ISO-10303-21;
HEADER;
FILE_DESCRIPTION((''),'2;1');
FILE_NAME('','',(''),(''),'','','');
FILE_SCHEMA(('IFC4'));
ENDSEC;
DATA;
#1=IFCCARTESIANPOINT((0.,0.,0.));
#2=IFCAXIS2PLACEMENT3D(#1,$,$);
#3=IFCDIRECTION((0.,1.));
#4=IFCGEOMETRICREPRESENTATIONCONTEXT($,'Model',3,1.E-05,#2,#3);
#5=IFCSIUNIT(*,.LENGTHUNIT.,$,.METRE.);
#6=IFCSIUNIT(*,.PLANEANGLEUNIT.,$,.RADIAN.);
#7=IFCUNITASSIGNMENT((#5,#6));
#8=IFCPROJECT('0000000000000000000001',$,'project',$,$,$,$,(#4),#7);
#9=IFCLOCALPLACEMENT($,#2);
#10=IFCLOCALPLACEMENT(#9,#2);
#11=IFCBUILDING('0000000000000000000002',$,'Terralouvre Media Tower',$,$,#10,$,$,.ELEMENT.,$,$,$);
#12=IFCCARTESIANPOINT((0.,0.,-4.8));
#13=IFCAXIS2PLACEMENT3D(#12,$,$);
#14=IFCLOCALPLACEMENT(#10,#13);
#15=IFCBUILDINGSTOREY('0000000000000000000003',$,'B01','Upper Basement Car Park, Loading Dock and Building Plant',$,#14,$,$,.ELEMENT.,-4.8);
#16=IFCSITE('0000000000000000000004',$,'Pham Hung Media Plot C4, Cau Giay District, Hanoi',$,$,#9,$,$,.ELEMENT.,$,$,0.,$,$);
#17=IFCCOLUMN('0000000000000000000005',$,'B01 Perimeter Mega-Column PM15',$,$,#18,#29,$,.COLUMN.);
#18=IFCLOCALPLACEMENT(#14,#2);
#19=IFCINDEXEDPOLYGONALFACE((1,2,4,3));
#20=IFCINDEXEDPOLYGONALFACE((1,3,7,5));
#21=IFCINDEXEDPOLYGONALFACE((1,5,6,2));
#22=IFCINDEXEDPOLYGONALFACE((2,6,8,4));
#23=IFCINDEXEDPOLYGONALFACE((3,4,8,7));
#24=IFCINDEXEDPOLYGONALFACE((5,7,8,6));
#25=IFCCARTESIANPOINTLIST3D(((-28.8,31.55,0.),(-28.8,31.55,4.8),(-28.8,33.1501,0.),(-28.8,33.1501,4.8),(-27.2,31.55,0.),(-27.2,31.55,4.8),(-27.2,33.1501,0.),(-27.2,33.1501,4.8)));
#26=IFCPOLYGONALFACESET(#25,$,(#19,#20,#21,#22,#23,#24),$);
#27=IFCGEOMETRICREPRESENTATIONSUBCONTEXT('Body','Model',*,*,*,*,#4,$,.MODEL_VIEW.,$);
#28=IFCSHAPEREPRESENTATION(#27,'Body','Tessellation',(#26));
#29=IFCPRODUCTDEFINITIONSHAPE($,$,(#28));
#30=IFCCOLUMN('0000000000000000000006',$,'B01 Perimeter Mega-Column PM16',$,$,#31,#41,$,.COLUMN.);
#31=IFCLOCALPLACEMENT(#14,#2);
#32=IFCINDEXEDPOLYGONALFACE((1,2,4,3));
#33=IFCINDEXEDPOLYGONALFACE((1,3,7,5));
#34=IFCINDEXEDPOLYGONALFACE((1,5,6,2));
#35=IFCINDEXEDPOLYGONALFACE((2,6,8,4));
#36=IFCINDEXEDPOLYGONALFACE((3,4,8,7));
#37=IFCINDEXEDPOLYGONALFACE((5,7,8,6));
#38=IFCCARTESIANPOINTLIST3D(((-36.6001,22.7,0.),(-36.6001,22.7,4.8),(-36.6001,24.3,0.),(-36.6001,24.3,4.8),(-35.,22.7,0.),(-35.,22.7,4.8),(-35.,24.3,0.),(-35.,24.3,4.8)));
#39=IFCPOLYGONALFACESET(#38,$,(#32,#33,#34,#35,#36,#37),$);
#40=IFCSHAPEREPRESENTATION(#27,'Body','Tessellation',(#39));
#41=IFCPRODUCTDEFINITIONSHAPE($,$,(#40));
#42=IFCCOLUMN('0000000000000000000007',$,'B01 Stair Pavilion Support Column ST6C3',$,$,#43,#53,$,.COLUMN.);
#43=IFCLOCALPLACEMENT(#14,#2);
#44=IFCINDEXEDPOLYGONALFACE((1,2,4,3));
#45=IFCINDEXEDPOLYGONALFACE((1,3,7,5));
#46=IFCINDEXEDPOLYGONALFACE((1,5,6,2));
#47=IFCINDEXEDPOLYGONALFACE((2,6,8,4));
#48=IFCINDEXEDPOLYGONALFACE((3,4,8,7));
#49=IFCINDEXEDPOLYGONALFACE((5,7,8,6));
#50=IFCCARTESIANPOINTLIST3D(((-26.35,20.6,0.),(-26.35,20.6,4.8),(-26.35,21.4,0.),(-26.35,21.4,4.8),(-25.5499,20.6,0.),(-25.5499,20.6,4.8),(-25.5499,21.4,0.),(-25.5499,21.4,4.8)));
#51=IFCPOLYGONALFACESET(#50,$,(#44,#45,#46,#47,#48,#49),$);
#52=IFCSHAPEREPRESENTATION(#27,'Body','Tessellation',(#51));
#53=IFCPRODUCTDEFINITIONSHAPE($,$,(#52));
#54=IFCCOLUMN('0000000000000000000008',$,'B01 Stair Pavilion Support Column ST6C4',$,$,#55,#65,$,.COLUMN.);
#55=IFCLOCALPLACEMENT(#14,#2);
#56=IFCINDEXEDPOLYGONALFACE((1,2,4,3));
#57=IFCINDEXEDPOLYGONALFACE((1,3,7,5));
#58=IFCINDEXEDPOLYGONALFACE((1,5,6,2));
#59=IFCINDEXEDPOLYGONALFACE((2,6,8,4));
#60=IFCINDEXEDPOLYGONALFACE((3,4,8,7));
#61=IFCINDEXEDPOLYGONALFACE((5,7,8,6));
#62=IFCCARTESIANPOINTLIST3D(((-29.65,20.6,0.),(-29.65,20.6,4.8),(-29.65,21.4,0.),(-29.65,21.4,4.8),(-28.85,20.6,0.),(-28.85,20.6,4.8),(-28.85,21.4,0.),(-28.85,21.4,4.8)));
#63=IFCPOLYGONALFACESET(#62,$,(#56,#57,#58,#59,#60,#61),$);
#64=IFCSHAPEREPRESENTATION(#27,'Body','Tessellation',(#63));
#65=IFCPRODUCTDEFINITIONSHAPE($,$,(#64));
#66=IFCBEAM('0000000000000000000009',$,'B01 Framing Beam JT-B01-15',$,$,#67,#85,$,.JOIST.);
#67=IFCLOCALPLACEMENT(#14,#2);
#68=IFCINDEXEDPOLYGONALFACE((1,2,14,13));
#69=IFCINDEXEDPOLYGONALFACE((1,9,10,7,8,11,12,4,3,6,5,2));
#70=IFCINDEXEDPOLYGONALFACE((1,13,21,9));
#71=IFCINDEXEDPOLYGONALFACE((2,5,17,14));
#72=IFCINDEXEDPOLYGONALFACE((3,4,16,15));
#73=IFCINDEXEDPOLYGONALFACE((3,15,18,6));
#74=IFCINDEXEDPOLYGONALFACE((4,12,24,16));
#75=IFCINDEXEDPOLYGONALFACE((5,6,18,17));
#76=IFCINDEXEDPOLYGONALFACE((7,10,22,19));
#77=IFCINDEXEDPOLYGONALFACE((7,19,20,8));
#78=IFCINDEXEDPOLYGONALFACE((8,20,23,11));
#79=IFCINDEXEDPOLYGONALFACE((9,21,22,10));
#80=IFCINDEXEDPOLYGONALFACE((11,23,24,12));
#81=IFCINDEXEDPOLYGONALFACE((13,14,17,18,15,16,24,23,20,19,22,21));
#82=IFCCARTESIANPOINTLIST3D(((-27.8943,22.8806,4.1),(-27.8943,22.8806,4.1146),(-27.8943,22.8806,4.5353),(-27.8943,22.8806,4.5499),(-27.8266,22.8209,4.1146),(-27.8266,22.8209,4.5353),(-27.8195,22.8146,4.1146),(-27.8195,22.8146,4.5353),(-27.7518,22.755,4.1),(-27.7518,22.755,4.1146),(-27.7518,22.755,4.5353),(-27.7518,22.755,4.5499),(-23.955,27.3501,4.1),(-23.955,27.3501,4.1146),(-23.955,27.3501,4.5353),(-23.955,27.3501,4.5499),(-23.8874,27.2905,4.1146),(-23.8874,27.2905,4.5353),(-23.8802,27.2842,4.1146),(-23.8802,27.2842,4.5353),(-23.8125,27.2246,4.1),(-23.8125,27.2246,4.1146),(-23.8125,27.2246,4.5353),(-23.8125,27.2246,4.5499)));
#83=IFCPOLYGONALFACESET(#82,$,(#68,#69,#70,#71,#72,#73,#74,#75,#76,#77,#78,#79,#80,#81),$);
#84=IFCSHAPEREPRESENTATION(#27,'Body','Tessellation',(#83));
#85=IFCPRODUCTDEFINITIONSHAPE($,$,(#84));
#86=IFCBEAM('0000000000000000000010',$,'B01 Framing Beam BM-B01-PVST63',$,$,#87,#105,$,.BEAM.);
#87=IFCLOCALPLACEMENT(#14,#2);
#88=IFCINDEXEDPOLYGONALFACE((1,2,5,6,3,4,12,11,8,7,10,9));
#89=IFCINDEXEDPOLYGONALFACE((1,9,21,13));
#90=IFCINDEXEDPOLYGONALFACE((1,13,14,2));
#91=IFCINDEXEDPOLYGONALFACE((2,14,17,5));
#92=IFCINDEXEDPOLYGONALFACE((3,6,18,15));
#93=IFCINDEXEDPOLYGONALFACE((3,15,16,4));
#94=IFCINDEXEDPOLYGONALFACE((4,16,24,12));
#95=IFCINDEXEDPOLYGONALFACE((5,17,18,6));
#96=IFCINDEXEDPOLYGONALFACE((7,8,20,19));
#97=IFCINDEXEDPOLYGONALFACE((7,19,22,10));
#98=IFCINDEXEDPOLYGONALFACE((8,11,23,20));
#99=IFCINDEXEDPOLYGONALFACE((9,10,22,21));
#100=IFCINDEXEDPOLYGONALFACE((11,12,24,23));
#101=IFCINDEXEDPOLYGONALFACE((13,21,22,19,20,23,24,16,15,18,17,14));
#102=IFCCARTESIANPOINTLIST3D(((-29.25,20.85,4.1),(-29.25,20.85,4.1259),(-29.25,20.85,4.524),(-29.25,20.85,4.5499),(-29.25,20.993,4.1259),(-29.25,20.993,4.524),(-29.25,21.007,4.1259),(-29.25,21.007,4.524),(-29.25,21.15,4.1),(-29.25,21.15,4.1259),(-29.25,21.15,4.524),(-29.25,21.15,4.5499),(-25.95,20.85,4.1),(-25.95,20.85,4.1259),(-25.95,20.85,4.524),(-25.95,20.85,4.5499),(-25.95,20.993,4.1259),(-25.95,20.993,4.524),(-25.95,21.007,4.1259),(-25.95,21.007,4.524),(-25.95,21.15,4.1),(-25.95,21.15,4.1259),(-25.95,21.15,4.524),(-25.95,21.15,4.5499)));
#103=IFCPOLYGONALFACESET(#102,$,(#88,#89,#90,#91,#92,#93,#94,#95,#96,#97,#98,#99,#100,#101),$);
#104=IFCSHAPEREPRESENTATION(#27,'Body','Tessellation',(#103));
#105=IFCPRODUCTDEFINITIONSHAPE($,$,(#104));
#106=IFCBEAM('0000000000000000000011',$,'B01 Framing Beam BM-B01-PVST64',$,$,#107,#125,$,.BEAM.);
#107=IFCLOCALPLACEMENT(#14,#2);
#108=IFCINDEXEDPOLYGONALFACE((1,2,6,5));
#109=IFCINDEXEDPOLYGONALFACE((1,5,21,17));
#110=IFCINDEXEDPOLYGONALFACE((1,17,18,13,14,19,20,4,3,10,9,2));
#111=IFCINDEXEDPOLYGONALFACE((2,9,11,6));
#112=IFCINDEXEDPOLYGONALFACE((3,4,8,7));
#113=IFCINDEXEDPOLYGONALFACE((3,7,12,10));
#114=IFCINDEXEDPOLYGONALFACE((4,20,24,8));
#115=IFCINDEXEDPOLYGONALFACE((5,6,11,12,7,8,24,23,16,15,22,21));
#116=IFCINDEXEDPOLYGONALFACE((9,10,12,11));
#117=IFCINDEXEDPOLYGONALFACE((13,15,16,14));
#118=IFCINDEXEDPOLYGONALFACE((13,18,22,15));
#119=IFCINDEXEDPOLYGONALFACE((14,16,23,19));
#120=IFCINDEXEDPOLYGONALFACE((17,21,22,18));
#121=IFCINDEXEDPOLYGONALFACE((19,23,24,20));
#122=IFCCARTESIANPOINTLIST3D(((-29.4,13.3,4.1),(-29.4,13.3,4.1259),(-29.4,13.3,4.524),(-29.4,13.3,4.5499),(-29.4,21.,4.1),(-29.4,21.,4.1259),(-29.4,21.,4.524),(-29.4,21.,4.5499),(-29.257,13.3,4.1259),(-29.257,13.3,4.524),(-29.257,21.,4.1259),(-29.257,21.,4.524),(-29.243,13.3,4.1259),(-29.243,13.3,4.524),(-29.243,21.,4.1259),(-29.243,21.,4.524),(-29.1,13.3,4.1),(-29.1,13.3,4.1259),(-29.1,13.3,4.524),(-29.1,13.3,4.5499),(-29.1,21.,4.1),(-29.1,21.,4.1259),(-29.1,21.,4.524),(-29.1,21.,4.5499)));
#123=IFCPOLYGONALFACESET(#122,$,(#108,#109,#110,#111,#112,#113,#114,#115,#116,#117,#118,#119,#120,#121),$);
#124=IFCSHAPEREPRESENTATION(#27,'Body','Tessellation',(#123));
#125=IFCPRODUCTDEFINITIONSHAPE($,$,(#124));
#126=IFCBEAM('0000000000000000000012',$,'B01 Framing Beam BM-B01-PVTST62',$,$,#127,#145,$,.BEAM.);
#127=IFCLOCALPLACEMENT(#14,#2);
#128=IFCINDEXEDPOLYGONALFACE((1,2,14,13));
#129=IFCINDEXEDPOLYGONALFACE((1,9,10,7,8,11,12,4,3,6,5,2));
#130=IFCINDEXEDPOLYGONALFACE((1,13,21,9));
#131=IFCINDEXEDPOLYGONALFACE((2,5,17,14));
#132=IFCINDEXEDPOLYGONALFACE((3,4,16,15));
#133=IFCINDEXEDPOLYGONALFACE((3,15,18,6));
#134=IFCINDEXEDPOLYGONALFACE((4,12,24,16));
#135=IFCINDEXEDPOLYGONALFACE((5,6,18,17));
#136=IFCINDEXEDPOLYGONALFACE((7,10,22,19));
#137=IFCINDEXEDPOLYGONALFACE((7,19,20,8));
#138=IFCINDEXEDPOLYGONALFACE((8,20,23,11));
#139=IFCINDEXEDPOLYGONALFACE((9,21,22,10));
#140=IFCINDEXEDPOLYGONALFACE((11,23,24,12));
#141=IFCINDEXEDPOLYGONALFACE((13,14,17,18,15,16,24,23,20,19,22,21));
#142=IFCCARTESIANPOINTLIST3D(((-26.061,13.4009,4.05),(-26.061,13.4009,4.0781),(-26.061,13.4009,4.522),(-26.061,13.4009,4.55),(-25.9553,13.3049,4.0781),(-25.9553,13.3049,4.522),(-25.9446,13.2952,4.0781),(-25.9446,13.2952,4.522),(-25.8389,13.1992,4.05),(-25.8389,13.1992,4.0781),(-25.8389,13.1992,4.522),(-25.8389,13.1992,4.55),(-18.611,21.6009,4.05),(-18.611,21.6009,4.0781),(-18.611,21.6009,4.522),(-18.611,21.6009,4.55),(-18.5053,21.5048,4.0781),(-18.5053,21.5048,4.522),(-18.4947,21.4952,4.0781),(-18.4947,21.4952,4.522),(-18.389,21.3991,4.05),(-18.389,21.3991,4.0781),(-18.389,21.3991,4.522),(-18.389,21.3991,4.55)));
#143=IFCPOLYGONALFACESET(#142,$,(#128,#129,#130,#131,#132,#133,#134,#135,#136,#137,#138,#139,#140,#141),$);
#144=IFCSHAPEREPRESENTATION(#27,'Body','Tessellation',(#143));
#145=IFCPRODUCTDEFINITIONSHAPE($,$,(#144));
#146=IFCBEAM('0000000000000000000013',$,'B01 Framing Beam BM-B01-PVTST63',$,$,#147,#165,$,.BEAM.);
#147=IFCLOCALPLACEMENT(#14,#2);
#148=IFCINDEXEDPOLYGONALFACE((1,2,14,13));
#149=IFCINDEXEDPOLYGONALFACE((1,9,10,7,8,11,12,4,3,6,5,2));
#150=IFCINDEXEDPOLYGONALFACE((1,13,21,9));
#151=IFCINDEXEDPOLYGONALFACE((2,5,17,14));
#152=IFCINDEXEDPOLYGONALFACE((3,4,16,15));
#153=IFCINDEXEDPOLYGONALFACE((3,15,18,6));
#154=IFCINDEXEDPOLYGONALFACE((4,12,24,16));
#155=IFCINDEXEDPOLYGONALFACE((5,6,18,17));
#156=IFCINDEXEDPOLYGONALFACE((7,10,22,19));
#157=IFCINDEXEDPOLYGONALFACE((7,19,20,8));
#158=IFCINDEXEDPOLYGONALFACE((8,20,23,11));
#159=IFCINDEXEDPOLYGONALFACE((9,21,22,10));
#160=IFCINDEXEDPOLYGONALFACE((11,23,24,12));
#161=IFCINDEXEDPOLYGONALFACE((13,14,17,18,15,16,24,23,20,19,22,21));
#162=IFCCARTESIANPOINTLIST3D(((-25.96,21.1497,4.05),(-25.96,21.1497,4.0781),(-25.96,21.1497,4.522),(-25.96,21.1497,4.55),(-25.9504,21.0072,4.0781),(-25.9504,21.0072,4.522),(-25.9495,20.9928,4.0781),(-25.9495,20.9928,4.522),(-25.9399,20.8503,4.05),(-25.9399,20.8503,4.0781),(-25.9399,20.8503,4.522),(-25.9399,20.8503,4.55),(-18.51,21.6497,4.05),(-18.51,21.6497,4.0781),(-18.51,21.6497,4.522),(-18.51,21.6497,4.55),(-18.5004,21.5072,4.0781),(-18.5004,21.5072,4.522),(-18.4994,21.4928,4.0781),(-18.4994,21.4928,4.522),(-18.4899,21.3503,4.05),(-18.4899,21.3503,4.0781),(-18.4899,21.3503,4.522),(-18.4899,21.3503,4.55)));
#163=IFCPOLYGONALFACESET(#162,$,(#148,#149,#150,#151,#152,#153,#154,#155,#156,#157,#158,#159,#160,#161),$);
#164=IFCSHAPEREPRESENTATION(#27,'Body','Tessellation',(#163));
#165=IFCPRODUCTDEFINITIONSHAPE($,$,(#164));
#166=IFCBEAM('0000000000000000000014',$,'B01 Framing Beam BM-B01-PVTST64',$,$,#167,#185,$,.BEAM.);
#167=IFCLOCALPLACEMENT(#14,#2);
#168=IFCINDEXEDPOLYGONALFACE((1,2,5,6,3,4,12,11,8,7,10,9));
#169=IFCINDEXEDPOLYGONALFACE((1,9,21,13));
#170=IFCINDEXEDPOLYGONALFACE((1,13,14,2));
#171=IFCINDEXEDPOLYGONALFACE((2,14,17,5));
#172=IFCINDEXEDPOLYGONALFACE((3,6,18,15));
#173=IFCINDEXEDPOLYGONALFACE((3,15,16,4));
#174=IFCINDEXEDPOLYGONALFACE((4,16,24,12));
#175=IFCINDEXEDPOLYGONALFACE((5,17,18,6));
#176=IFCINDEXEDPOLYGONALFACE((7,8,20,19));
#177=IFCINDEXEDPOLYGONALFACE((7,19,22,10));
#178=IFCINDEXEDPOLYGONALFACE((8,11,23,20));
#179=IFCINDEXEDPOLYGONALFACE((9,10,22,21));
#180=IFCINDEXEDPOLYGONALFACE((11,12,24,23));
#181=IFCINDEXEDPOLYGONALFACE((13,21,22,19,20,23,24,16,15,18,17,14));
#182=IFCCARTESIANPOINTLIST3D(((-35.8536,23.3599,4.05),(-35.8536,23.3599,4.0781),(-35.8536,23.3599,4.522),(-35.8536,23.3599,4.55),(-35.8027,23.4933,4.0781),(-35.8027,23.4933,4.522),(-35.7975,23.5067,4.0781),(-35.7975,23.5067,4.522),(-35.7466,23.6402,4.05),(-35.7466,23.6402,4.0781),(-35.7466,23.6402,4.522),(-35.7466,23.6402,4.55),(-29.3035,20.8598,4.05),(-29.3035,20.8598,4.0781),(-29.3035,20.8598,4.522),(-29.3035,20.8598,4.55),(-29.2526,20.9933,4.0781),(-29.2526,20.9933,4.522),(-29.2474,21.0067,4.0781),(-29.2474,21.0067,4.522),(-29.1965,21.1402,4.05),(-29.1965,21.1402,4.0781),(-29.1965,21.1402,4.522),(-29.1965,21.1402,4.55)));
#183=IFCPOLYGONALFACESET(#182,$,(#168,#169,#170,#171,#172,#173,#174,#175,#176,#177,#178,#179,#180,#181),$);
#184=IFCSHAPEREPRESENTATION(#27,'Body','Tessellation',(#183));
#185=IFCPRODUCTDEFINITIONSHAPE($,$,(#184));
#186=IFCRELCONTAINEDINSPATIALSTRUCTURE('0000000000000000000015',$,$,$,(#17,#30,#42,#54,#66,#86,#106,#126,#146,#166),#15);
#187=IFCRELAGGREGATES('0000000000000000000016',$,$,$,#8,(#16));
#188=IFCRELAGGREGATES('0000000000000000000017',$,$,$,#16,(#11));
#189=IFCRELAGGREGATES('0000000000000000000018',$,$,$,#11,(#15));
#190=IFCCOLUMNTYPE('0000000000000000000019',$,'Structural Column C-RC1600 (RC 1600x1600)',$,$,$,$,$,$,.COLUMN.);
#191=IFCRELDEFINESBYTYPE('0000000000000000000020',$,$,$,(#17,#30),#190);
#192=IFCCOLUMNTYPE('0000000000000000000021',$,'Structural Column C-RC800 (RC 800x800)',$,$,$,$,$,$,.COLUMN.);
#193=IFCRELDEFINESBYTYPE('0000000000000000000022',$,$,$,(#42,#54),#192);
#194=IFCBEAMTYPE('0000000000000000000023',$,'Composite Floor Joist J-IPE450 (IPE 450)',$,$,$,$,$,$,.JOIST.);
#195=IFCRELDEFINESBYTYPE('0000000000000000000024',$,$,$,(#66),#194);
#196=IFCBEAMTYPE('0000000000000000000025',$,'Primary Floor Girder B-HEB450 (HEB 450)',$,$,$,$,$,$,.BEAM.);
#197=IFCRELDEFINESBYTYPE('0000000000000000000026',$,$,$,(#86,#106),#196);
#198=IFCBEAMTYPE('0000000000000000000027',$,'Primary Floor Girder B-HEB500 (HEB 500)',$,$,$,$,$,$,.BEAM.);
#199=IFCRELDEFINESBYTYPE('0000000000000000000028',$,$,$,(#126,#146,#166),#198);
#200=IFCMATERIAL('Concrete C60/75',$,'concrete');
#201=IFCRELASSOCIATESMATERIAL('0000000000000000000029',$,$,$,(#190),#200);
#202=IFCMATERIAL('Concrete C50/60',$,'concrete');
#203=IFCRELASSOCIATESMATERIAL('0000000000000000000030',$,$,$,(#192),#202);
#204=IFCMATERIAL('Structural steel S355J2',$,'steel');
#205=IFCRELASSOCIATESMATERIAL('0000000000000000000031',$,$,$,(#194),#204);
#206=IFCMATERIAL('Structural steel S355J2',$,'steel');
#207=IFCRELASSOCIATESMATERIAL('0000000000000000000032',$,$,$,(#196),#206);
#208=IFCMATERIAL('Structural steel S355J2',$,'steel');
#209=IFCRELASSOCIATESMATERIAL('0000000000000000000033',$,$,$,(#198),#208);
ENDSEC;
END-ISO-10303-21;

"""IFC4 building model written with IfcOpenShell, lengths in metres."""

from ifc_helpers import new_model, si_unit, direction, frame, origin, origin_2d, place, context, subcontext, project, spatial, rectangle, i_section, extrude, material, material_profile, profile_set, type_object, element, save


model = new_model("IFC4")

# Units and contexts
model_context = context("Model", 3, precision=1e-05, world=origin(), true_north=direction((0.0, 1.0)))
body_context = subcontext(model_context, "Body", "Model", "MODEL_VIEW")
ifc_project = project(units=[si_unit("LENGTHUNIT", "METRE"), si_unit("PLANEANGLEUNIT", "RADIAN")], contexts=[model_context])

# Site, building, storey
site_placement = place(None, origin())
site = spatial("IfcSite", under=ifc_project, at=site_placement, Name="Pham Hung Media Plot C4, Cau Giay District, Hanoi", CompositionType="ELEMENT", RefElevation=0.0)
building_placement = place(site_placement, origin())
building = spatial("IfcBuilding", under=site, at=building_placement, Name="Terralouvre Media Tower", CompositionType="ELEMENT")
storey_placement = place(building_placement, frame((0.0, 0.0, -4.8)))
storey = spatial("IfcBuildingStorey", under=building, at=storey_placement, Name="B01", Description="Upper Basement Car Park, Loading Dock and Building Plant", CompositionType="ELEMENT", Elevation=-4.8)

# Columns
ifc_material_1 = material(Name="Concrete C60/75", Category="concrete")
ifc_material_profile_1 = material_profile(ifc_material_1, rectangle(XDim=1.6001, YDim=1.6001, at=origin_2d()), Name="RC 1600x1600")
ifc_profile_set_1 = profile_set([ifc_material_profile_1], Name="Concrete C60/75")
column_type_1 = type_object("IfcColumnType", Name="Structural Column C-RC1600 (RC 1600x1600)", PredefinedType="COLUMN", material=ifc_profile_set_1)
for number, where, z_axis, x_axis, name in (
    (1, (-28.0, 32.3501, 0.0), (0.0, 0.0, 1.0), (1.0, 0.0, 0.0), "B01 Perimeter Mega-Column PM15"),
    (2, (-35.8, 23.5, 0.0), (0.0, 0.0, 1.0), (1.0, 0.0, 0.0), "B01 Perimeter Mega-Column PM16"),
):
    element("IfcColumn", number, at=place(storey_placement, frame(where, z_axis=z_axis, x_axis=x_axis)), inside=storey, type_object=column_type_1, Name=name, PredefinedType="COLUMN", context=body_context, shape_type="SweptSolid", body=[
        extrude(rectangle(XDim=1.6001, YDim=1.6001, at=origin_2d()), origin(), (0.0, 0.0, 1.0), 4.8),
    ])
ifc_material_2 = material(Name="Concrete C50/60", Category="concrete")
ifc_material_profile_2 = material_profile(ifc_material_2, rectangle(XDim=0.8, YDim=0.8, at=origin_2d()), Name="RC 800x800")
ifc_profile_set_2 = profile_set([ifc_material_profile_2], Name="Concrete C50/60")
column_type_2 = type_object("IfcColumnType", Name="Structural Column C-RC800 (RC 800x800)", PredefinedType="COLUMN", material=ifc_profile_set_2)
for number, where, z_axis, x_axis, name in (
    (3, (-25.95, 21.0, 0.0), (0.0, 0.0, 1.0), (1.0, 0.0, 0.0), "B01 Stair Pavilion Support Column ST6C3"),
    (4, (-29.25, 21.0, 0.0), (0.0, 0.0, 1.0), (1.0, 0.0, 0.0), "B01 Stair Pavilion Support Column ST6C4"),
):
    element("IfcColumn", number, at=place(storey_placement, frame(where, z_axis=z_axis, x_axis=x_axis)), inside=storey, type_object=column_type_2, Name=name, PredefinedType="COLUMN", context=body_context, shape_type="SweptSolid", body=[
        extrude(rectangle(XDim=0.8, YDim=0.8, at=origin_2d()), origin(), (0.0, 0.0, 1.0), 4.8),
    ])

# Beams
ifc_material_3 = material(Name="Structural steel S355J2", Category="steel")
ifc_material_profile_3 = material_profile(ifc_material_3, i_section(OverallWidth=0.1899, OverallDepth=0.45, WebThickness=0.0095, FlangeThickness=0.0146, at=origin_2d()), Name="IPE 450")
ifc_profile_set_3 = profile_set([ifc_material_profile_3], Name="Structural steel S355J2")
beam_type_1 = type_object("IfcBeamType", Name="Composite Floor Joist J-IPE450 (IPE 450)", PredefinedType="JOIST", material=ifc_profile_set_3)
beam_1_placement = place(storey_placement, frame((-23.8838, 27.2874, 4.325), z_axis=(-0.661201, -0.750208, 0.0), x_axis=(0.750208, -0.661201, 0.0)))
element("IfcBeam", 5, at=beam_1_placement, inside=storey, type_object=beam_type_1, Name="B01 Framing Beam JT-B01-15", PredefinedType="JOIST", context=body_context, shape_type="SweptSolid", body=[
    extrude(i_section(OverallWidth=0.1899, OverallDepth=0.45, WebThickness=0.0095, FlangeThickness=0.0146, at=origin_2d()), origin(), (0.0, 0.0, 1.0), 5.9578),
])
ifc_material_4 = material(Name="Structural steel S355J2", Category="steel")
ifc_material_profile_4 = material_profile(ifc_material_4, i_section(OverallWidth=0.3, OverallDepth=0.45, WebThickness=0.0139, FlangeThickness=0.0259, at=origin_2d()), Name="HEB 450")
ifc_profile_set_4 = profile_set([ifc_material_profile_4], Name="Structural steel S355J2")
beam_type_2 = type_object("IfcBeamType", Name="Primary Floor Girder B-HEB450 (HEB 450)", PredefinedType="BEAM", material=ifc_profile_set_4)
beam_2_placement = place(storey_placement, frame((-25.95, 21.0, 4.325), z_axis=(-1.0, 0.0, 0.0), x_axis=(0.0, -1.0, 0.0)))
element("IfcBeam", 6, at=beam_2_placement, inside=storey, type_object=beam_type_2, Name="B01 Framing Beam BM-B01-PVST63", PredefinedType="BEAM", context=body_context, shape_type="SweptSolid", body=[
    extrude(i_section(OverallWidth=0.3, OverallDepth=0.45, WebThickness=0.0139, FlangeThickness=0.0259, at=origin_2d()), origin(), (0.0, 0.0, 1.0), 3.3),
])
beam_3_placement = place(storey_placement, frame((-29.25, 21.0, 4.325), z_axis=(0.0, -1.0, 0.0), x_axis=(1.0, 0.0, 0.0)))
element("IfcBeam", 7, at=beam_3_placement, inside=storey, type_object=beam_type_2, Name="B01 Framing Beam BM-B01-PVST64", PredefinedType="BEAM", context=body_context, shape_type="SweptSolid", body=[
    extrude(i_section(OverallWidth=0.3, OverallDepth=0.45, WebThickness=0.0139, FlangeThickness=0.0259, at=origin_2d()), origin(), (0.0, 0.0, 1.0), 7.7),
])
ifc_material_5 = material(Name="Structural steel S355J2", Category="steel")
ifc_material_profile_5 = material_profile(ifc_material_5, i_section(OverallWidth=0.3, OverallDepth=0.5, WebThickness=0.0144, FlangeThickness=0.0281, at=origin_2d()), Name="HEB 500")
ifc_profile_set_5 = profile_set([ifc_material_profile_5], Name="Structural steel S355J2")
beam_type_3 = type_object("IfcBeamType", Name="Primary Floor Girder B-HEB500 (HEB 500)", PredefinedType="BEAM", material=ifc_profile_set_5)
beam_4_placement = place(storey_placement, frame((-25.95, 13.3, 4.3), z_axis=(0.672448, 0.740144, 0.0), x_axis=(-0.740144, 0.672448, 0.0)))
element("IfcBeam", 8, at=beam_4_placement, inside=storey, type_object=beam_type_3, Name="B01 Framing Beam BM-B01-PVTST62", PredefinedType="BEAM", context=body_context, shape_type="SweptSolid", body=[
    extrude(i_section(OverallWidth=0.3, OverallDepth=0.5, WebThickness=0.0144, FlangeThickness=0.0281, at=origin_2d()), origin(), (0.0, 0.0, 1.0), 11.0789),
])
beam_5_placement = place(storey_placement, frame((-25.95, 21.0, 4.3), z_axis=(0.997755, 0.066964, 0.0), x_axis=(-0.066964, 0.997755, 0.0)))
element("IfcBeam", 9, at=beam_5_placement, inside=storey, type_object=beam_type_3, Name="B01 Framing Beam BM-B01-PVTST63", PredefinedType="BEAM", context=body_context, shape_type="SweptSolid", body=[
    extrude(i_section(OverallWidth=0.3, OverallDepth=0.5, WebThickness=0.0144, FlangeThickness=0.0281, at=origin_2d()), origin(), (0.0, 0.0, 1.0), 7.4668),
])
beam_6_placement = place(storey_placement, frame((-29.25, 21.0, 4.3), z_axis=(-0.934262, 0.356586, 0.0), x_axis=(-0.356586, -0.934262, 0.0)))
element("IfcBeam", 10, at=beam_6_placement, inside=storey, type_object=beam_type_3, Name="B01 Framing Beam BM-B01-PVTST64", PredefinedType="BEAM", context=body_context, shape_type="SweptSolid", body=[
    extrude(i_section(OverallWidth=0.3, OverallDepth=0.5, WebThickness=0.0144, FlangeThickness=0.0281, at=origin_2d()), origin(), (0.0, 0.0, 1.0), 7.011),
])

save(model, "model.ifc")
